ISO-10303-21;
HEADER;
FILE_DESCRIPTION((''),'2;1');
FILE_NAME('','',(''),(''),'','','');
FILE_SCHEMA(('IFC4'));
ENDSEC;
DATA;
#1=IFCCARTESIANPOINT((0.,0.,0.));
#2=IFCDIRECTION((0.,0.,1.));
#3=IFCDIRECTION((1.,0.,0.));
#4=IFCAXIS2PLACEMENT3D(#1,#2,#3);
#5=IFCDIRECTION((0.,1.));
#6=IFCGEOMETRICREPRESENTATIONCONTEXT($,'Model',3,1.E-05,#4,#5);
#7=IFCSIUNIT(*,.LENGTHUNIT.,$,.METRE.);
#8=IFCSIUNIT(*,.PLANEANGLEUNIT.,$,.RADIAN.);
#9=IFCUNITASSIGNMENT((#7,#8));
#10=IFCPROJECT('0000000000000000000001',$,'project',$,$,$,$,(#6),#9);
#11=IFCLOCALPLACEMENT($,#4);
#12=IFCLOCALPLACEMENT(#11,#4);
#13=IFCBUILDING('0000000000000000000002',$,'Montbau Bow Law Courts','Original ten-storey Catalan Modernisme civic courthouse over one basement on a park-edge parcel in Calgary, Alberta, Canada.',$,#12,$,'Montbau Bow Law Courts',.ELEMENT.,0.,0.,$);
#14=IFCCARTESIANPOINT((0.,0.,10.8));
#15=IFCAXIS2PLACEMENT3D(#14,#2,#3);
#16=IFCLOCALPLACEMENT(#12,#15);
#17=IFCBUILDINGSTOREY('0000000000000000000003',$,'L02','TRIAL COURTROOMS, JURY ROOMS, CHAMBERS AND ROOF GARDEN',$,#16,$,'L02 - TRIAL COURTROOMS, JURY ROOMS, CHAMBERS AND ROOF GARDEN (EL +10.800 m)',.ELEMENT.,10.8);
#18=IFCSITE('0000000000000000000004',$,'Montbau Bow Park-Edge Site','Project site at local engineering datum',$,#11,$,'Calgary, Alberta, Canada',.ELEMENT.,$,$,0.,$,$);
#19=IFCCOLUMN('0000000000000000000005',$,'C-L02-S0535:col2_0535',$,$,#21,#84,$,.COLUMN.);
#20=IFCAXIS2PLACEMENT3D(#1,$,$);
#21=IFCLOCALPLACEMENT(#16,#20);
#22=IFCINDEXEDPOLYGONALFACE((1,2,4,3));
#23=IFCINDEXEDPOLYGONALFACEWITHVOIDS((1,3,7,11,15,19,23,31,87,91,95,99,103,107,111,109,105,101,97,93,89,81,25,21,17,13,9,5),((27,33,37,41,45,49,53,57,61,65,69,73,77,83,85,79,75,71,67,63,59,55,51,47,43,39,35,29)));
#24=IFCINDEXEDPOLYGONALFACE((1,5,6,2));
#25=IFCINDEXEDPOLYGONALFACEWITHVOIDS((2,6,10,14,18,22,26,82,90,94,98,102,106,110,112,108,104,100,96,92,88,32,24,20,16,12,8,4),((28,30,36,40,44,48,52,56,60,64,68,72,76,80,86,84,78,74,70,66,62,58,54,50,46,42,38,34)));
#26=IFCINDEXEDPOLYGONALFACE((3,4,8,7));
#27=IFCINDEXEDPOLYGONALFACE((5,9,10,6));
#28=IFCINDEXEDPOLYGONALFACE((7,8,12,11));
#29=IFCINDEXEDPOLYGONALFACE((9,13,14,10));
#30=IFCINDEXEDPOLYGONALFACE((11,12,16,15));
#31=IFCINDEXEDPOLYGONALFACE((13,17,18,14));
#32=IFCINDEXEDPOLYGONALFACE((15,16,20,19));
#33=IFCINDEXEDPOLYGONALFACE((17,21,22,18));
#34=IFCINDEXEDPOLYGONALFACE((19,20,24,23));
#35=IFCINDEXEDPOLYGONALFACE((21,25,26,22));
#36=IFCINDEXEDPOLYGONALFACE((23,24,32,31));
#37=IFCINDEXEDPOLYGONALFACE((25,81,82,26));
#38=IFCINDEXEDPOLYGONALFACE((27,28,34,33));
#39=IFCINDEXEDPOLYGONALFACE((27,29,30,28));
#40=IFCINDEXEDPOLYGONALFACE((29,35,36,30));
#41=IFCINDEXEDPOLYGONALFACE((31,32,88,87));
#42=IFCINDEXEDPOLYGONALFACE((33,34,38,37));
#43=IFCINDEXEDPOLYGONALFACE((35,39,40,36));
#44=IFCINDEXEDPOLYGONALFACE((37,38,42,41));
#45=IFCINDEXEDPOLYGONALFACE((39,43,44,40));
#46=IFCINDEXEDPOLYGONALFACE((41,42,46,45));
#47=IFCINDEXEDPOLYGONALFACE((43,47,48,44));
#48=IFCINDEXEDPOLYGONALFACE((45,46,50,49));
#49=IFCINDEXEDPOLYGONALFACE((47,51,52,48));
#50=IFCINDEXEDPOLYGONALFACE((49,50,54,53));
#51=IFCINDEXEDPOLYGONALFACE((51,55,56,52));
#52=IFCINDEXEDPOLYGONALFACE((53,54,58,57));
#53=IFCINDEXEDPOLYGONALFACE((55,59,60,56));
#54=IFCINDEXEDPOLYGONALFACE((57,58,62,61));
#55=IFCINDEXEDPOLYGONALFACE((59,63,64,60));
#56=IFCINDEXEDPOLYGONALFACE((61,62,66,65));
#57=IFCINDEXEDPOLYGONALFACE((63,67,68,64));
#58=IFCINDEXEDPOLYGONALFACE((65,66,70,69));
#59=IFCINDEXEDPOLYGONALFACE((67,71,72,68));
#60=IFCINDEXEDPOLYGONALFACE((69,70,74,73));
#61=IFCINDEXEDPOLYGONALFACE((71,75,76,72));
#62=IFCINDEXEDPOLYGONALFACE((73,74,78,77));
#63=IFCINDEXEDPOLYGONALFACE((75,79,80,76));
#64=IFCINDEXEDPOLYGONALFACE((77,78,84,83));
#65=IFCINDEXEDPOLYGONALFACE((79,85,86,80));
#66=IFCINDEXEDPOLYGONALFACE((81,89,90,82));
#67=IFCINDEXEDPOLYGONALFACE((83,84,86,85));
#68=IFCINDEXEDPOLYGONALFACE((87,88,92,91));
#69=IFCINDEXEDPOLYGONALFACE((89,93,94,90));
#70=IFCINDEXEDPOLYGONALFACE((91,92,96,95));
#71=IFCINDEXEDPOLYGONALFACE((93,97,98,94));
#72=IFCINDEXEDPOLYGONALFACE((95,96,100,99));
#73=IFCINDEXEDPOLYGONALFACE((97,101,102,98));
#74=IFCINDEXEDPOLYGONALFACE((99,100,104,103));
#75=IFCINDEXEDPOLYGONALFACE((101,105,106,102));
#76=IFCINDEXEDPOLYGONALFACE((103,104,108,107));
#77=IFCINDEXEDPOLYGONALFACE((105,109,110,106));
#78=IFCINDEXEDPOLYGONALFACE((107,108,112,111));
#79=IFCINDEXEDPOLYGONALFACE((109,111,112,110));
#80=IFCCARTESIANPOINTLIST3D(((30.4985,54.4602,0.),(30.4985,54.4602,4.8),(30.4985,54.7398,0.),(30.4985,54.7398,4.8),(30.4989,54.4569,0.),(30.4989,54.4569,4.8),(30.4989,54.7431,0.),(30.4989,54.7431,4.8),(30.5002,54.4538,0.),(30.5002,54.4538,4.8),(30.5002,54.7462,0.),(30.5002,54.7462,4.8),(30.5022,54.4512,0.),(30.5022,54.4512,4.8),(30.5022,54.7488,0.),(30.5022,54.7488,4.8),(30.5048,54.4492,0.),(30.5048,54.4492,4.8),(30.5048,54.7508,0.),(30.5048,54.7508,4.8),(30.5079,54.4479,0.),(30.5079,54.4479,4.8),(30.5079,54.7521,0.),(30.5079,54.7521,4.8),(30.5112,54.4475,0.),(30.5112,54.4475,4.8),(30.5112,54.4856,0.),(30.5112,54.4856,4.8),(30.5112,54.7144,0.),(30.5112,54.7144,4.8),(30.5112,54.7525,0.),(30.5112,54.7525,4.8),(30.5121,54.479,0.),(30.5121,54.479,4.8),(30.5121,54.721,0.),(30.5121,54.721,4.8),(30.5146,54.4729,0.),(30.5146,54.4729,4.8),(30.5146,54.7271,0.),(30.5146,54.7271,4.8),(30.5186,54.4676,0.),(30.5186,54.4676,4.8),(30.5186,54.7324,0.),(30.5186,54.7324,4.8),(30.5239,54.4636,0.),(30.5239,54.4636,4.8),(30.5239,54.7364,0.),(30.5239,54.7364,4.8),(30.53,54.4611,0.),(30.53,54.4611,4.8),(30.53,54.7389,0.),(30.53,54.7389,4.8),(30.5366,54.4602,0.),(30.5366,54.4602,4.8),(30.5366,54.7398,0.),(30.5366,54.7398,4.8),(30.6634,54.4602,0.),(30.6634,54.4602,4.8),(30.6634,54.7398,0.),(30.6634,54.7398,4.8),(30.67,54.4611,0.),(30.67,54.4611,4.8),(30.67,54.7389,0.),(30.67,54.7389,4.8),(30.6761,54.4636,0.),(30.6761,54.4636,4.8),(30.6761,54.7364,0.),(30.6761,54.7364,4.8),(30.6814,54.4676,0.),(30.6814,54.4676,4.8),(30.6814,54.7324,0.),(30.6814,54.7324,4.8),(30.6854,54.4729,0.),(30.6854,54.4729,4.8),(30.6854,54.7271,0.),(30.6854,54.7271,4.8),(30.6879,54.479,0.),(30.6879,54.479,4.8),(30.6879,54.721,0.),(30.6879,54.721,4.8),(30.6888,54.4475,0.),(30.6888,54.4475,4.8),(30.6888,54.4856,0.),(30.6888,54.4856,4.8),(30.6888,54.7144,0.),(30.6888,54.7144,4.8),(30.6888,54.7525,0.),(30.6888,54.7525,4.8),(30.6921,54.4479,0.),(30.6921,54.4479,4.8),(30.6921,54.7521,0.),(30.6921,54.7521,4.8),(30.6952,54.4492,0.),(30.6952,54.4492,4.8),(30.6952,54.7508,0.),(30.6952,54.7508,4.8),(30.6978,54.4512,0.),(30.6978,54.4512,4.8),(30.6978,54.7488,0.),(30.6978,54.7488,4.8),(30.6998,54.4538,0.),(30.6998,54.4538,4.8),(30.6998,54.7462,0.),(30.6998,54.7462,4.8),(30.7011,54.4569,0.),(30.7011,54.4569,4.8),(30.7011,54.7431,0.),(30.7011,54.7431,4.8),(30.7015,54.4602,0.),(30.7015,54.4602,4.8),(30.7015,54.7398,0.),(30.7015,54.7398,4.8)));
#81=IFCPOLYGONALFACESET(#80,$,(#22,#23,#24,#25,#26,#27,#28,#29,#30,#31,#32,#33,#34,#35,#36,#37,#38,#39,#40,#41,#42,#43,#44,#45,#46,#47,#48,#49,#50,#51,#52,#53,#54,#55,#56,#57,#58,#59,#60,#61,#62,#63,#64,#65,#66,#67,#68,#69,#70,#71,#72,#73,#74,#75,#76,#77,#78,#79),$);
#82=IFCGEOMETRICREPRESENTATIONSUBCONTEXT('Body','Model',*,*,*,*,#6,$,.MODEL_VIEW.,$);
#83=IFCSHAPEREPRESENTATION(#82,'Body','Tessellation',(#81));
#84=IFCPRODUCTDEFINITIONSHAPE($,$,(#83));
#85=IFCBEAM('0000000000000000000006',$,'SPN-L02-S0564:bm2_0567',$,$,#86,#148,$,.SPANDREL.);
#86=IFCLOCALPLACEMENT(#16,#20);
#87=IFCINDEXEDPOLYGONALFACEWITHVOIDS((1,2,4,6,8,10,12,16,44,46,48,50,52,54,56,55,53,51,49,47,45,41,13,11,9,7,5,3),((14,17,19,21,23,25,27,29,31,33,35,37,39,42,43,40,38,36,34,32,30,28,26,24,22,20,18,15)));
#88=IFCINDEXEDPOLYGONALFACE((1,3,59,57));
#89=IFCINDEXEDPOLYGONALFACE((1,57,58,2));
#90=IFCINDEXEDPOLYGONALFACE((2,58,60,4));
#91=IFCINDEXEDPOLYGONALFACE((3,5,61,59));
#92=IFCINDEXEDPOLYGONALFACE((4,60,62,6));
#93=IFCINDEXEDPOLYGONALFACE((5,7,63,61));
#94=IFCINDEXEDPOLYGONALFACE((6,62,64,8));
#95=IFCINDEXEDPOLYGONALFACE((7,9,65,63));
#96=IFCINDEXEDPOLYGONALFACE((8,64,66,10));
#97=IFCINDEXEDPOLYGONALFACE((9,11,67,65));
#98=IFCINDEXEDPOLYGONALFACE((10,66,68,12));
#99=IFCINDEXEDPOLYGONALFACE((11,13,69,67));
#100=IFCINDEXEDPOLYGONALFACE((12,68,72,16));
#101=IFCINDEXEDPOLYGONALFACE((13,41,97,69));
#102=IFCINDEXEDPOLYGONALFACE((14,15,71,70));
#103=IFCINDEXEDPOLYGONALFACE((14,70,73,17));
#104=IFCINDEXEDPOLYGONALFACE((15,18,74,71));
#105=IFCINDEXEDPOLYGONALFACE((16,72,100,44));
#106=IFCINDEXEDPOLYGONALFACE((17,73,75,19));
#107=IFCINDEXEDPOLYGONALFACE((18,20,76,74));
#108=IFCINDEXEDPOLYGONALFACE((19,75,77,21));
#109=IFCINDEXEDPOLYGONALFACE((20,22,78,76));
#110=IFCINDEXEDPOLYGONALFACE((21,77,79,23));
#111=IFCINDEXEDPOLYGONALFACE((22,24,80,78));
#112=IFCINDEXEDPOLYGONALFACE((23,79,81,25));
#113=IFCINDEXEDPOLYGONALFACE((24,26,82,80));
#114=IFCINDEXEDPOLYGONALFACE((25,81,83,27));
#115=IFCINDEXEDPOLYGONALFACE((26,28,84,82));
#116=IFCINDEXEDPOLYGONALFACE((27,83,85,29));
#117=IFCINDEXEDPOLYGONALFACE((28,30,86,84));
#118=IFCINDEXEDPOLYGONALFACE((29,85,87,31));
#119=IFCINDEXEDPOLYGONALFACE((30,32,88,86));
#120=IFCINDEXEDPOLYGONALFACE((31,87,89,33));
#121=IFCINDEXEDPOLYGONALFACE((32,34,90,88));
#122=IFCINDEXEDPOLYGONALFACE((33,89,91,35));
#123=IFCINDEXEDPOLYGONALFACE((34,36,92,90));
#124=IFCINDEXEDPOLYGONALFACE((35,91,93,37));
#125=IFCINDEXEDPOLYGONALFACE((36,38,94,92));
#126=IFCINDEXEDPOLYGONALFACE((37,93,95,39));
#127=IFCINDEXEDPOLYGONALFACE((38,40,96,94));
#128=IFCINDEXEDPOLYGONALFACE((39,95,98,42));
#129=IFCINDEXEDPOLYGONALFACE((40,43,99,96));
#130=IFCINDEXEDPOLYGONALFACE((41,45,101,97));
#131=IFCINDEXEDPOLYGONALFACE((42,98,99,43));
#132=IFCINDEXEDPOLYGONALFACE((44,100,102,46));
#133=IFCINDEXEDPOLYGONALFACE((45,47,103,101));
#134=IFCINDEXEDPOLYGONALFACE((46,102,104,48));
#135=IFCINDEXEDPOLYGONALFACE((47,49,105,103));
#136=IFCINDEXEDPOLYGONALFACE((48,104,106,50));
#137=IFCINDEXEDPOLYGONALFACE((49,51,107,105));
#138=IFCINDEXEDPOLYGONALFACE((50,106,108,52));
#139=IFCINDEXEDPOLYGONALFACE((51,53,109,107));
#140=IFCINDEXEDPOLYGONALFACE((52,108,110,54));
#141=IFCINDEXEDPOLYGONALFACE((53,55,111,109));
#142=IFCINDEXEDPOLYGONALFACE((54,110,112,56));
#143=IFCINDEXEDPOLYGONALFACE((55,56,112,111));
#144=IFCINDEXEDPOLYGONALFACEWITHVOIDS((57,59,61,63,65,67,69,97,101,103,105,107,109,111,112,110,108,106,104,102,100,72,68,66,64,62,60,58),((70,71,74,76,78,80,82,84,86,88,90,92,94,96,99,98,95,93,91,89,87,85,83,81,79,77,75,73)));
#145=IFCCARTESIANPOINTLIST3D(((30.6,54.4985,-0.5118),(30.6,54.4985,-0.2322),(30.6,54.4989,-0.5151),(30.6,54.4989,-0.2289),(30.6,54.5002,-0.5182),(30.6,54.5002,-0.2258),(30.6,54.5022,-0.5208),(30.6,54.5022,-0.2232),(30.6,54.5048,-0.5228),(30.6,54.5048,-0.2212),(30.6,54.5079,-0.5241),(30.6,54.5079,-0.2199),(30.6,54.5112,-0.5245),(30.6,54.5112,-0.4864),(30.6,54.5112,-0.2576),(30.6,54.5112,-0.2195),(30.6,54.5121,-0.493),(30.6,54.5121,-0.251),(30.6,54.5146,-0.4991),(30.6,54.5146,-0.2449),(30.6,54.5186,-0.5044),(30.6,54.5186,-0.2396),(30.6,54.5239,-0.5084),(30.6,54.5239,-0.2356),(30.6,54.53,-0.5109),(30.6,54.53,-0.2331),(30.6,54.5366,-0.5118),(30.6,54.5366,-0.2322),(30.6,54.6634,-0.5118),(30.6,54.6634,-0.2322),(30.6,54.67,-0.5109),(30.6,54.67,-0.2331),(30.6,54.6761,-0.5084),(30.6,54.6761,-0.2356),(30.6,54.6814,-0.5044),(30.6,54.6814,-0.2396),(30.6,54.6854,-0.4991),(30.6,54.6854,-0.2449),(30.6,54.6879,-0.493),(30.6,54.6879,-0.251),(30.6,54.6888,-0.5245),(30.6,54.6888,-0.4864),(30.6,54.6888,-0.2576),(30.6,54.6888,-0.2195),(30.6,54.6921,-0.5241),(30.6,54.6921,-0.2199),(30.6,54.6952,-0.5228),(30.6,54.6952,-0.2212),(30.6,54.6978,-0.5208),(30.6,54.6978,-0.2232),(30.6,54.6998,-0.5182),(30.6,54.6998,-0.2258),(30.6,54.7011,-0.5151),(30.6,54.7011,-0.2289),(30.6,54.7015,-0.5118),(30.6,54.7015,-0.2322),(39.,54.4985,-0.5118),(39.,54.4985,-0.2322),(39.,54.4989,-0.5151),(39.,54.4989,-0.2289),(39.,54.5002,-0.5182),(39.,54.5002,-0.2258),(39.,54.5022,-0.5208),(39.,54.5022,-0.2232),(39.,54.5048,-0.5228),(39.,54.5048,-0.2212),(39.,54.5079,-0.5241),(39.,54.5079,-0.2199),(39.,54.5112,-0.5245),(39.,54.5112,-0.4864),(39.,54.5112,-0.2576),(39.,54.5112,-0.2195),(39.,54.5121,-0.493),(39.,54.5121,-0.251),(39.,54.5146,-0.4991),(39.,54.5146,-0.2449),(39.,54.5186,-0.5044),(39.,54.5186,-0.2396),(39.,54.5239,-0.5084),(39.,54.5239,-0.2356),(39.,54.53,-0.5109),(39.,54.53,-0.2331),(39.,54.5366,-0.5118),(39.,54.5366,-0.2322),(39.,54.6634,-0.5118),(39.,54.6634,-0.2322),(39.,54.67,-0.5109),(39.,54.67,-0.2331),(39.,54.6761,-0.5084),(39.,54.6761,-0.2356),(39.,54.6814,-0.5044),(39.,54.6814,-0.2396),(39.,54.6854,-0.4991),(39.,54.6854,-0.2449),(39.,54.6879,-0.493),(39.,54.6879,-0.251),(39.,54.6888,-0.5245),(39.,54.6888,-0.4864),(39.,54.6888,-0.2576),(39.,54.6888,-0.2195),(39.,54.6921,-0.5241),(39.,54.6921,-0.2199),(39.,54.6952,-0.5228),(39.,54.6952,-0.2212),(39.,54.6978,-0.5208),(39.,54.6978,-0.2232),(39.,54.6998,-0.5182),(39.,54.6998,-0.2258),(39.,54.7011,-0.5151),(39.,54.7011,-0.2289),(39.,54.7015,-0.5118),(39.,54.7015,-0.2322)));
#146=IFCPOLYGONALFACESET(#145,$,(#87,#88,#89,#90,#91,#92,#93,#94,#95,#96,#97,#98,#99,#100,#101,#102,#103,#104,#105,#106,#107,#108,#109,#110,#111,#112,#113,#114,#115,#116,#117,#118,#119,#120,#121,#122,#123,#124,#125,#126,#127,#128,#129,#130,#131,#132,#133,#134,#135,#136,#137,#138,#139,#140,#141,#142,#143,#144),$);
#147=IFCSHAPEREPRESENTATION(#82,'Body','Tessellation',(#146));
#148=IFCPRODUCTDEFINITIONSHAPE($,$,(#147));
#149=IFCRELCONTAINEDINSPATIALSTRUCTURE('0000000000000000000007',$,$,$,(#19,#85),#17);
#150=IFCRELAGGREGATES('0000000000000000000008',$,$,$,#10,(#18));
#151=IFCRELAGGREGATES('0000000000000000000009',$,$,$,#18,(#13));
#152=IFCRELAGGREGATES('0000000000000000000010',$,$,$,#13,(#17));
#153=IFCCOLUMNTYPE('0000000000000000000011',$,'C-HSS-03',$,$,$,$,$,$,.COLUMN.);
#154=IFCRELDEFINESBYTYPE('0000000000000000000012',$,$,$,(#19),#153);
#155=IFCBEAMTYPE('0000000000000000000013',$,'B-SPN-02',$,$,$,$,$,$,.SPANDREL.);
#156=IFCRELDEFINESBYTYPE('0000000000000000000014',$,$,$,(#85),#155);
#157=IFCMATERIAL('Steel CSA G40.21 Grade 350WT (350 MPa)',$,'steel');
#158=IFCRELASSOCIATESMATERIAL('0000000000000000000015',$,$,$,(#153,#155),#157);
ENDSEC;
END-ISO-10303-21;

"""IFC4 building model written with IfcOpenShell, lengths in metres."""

from ifc_helpers import new_model, si_unit, direction, frame, origin_with_axes, origin_2d_with_axis, place, context, subcontext, project, spatial, hollow_rectangle, extrude, material, material_profile, profile_set, type_object, element, save


model = new_model("IFC4")

# Units and contexts
model_context = context("Model", 3, precision=1e-05, world=origin_with_axes(), true_north=direction((0.0, 1.0)))
body_context = subcontext(model_context, "Body", "Model", "MODEL_VIEW")
ifc_project = project(units=[si_unit("LENGTHUNIT", "METRE"), si_unit("PLANEANGLEUNIT", "RADIAN")], contexts=[model_context])

# Site, building, storey
site_placement = place(None, origin_with_axes())
site = spatial("IfcSite", under=ifc_project, at=site_placement, Name="Montbau Bow Park-Edge Site", Description="Project site at local engineering datum", LongName="Calgary, Alberta, Canada", CompositionType="ELEMENT", RefElevation=0.0)
building_placement = place(site_placement, origin_with_axes())
building = spatial("IfcBuilding", under=site, at=building_placement, Name="Montbau Bow Law Courts", Description="Original ten-storey Catalan Modernisme civic courthouse over one basement on a park-edge parcel in Calgary, Alberta, Canada.", LongName="Montbau Bow Law Courts", CompositionType="ELEMENT", ElevationOfRefHeight=0.0, ElevationOfTerrain=0.0)
storey_placement = place(building_placement, frame((0.0, 0.0, 10.8), z_axis=(0.0, 0.0, 1.0), x_axis=(1.0, 0.0, 0.0)))
storey = spatial("IfcBuildingStorey", under=building, at=storey_placement, Name="L02", Description="TRIAL COURTROOMS, JURY ROOMS, CHAMBERS AND ROOF GARDEN", LongName="L02 - TRIAL COURTROOMS, JURY ROOMS, CHAMBERS AND ROOF GARDEN (EL +10.800 m)", CompositionType="ELEMENT", Elevation=10.8)

# Column
ifc_material_1 = material(Name="Steel CSA G40.21 Grade 350WT (350 MPa)", Category="steel")
ifc_material_profile_1 = material_profile(ifc_material_1, hollow_rectangle(XDim=0.203, YDim=0.305, WallThickness=0.0127, InnerFilletRadius=0.0254, OuterFilletRadius=0.0127, at=origin_2d_with_axis()), Name="HSS305X203X13", Category="Main", Priority=0)
ifc_profile_set_1 = profile_set([ifc_material_profile_1], Name="Steel CSA G40.21 Grade 350WT (350 MPa)")
column_type = type_object("IfcColumnType", Name="C-HSS-03", PredefinedType="COLUMN", material=ifc_profile_set_1)
column_placement = place(None, frame((30.6, 54.6, 10.8), z_axis=(0.0, 0.0, 1.0), x_axis=(1.0, 0.0, 0.0)))
element("IfcColumn", 1, at=column_placement, inside=storey, type_object=column_type, Name="C-L02-S0535:col2_0535", PredefinedType="COLUMN", context=body_context, shape_type="SweptSolid", body=[
    extrude(hollow_rectangle(XDim=0.203, YDim=0.305, WallThickness=0.0127, InnerFilletRadius=0.0254, OuterFilletRadius=0.0127, at=origin_2d_with_axis()), origin_with_axes(), (0.0, 0.0, 1.0), 4.8),
])

# Beam
ifc_material_profile_2 = material_profile(ifc_material_1, hollow_rectangle(XDim=0.203, YDim=0.305, WallThickness=0.0127, InnerFilletRadius=0.0254, OuterFilletRadius=0.0127, at=origin_2d_with_axis()), Name="HSS305X203X13", Category="Main", Priority=0)
ifc_profile_set_2 = profile_set([ifc_material_profile_2], Name="Steel CSA G40.21 Grade 350WT (350 MPa)")
beam_type = type_object("IfcBeamType", Name="B-SPN-02", PredefinedType="SPANDREL", material=ifc_profile_set_2)
beam_placement = place(None, frame((30.6, 54.6, 10.428), z_axis=(1.0, 0.0, 0.0), x_axis=(0.0, 1.0, 0.0)))
element("IfcBeam", 2, at=beam_placement, inside=storey, type_object=beam_type, Name="SPN-L02-S0564:bm2_0567", PredefinedType="SPANDREL", context=body_context, shape_type="SweptSolid", body=[
    extrude(hollow_rectangle(XDim=0.203, YDim=0.305, WallThickness=0.0127, InnerFilletRadius=0.0254, OuterFilletRadius=0.0127, at=origin_2d_with_axis()), origin_with_axes(), (0.0, 0.0, 1.0), 8.4),
])

save(model, "model.ifc")
